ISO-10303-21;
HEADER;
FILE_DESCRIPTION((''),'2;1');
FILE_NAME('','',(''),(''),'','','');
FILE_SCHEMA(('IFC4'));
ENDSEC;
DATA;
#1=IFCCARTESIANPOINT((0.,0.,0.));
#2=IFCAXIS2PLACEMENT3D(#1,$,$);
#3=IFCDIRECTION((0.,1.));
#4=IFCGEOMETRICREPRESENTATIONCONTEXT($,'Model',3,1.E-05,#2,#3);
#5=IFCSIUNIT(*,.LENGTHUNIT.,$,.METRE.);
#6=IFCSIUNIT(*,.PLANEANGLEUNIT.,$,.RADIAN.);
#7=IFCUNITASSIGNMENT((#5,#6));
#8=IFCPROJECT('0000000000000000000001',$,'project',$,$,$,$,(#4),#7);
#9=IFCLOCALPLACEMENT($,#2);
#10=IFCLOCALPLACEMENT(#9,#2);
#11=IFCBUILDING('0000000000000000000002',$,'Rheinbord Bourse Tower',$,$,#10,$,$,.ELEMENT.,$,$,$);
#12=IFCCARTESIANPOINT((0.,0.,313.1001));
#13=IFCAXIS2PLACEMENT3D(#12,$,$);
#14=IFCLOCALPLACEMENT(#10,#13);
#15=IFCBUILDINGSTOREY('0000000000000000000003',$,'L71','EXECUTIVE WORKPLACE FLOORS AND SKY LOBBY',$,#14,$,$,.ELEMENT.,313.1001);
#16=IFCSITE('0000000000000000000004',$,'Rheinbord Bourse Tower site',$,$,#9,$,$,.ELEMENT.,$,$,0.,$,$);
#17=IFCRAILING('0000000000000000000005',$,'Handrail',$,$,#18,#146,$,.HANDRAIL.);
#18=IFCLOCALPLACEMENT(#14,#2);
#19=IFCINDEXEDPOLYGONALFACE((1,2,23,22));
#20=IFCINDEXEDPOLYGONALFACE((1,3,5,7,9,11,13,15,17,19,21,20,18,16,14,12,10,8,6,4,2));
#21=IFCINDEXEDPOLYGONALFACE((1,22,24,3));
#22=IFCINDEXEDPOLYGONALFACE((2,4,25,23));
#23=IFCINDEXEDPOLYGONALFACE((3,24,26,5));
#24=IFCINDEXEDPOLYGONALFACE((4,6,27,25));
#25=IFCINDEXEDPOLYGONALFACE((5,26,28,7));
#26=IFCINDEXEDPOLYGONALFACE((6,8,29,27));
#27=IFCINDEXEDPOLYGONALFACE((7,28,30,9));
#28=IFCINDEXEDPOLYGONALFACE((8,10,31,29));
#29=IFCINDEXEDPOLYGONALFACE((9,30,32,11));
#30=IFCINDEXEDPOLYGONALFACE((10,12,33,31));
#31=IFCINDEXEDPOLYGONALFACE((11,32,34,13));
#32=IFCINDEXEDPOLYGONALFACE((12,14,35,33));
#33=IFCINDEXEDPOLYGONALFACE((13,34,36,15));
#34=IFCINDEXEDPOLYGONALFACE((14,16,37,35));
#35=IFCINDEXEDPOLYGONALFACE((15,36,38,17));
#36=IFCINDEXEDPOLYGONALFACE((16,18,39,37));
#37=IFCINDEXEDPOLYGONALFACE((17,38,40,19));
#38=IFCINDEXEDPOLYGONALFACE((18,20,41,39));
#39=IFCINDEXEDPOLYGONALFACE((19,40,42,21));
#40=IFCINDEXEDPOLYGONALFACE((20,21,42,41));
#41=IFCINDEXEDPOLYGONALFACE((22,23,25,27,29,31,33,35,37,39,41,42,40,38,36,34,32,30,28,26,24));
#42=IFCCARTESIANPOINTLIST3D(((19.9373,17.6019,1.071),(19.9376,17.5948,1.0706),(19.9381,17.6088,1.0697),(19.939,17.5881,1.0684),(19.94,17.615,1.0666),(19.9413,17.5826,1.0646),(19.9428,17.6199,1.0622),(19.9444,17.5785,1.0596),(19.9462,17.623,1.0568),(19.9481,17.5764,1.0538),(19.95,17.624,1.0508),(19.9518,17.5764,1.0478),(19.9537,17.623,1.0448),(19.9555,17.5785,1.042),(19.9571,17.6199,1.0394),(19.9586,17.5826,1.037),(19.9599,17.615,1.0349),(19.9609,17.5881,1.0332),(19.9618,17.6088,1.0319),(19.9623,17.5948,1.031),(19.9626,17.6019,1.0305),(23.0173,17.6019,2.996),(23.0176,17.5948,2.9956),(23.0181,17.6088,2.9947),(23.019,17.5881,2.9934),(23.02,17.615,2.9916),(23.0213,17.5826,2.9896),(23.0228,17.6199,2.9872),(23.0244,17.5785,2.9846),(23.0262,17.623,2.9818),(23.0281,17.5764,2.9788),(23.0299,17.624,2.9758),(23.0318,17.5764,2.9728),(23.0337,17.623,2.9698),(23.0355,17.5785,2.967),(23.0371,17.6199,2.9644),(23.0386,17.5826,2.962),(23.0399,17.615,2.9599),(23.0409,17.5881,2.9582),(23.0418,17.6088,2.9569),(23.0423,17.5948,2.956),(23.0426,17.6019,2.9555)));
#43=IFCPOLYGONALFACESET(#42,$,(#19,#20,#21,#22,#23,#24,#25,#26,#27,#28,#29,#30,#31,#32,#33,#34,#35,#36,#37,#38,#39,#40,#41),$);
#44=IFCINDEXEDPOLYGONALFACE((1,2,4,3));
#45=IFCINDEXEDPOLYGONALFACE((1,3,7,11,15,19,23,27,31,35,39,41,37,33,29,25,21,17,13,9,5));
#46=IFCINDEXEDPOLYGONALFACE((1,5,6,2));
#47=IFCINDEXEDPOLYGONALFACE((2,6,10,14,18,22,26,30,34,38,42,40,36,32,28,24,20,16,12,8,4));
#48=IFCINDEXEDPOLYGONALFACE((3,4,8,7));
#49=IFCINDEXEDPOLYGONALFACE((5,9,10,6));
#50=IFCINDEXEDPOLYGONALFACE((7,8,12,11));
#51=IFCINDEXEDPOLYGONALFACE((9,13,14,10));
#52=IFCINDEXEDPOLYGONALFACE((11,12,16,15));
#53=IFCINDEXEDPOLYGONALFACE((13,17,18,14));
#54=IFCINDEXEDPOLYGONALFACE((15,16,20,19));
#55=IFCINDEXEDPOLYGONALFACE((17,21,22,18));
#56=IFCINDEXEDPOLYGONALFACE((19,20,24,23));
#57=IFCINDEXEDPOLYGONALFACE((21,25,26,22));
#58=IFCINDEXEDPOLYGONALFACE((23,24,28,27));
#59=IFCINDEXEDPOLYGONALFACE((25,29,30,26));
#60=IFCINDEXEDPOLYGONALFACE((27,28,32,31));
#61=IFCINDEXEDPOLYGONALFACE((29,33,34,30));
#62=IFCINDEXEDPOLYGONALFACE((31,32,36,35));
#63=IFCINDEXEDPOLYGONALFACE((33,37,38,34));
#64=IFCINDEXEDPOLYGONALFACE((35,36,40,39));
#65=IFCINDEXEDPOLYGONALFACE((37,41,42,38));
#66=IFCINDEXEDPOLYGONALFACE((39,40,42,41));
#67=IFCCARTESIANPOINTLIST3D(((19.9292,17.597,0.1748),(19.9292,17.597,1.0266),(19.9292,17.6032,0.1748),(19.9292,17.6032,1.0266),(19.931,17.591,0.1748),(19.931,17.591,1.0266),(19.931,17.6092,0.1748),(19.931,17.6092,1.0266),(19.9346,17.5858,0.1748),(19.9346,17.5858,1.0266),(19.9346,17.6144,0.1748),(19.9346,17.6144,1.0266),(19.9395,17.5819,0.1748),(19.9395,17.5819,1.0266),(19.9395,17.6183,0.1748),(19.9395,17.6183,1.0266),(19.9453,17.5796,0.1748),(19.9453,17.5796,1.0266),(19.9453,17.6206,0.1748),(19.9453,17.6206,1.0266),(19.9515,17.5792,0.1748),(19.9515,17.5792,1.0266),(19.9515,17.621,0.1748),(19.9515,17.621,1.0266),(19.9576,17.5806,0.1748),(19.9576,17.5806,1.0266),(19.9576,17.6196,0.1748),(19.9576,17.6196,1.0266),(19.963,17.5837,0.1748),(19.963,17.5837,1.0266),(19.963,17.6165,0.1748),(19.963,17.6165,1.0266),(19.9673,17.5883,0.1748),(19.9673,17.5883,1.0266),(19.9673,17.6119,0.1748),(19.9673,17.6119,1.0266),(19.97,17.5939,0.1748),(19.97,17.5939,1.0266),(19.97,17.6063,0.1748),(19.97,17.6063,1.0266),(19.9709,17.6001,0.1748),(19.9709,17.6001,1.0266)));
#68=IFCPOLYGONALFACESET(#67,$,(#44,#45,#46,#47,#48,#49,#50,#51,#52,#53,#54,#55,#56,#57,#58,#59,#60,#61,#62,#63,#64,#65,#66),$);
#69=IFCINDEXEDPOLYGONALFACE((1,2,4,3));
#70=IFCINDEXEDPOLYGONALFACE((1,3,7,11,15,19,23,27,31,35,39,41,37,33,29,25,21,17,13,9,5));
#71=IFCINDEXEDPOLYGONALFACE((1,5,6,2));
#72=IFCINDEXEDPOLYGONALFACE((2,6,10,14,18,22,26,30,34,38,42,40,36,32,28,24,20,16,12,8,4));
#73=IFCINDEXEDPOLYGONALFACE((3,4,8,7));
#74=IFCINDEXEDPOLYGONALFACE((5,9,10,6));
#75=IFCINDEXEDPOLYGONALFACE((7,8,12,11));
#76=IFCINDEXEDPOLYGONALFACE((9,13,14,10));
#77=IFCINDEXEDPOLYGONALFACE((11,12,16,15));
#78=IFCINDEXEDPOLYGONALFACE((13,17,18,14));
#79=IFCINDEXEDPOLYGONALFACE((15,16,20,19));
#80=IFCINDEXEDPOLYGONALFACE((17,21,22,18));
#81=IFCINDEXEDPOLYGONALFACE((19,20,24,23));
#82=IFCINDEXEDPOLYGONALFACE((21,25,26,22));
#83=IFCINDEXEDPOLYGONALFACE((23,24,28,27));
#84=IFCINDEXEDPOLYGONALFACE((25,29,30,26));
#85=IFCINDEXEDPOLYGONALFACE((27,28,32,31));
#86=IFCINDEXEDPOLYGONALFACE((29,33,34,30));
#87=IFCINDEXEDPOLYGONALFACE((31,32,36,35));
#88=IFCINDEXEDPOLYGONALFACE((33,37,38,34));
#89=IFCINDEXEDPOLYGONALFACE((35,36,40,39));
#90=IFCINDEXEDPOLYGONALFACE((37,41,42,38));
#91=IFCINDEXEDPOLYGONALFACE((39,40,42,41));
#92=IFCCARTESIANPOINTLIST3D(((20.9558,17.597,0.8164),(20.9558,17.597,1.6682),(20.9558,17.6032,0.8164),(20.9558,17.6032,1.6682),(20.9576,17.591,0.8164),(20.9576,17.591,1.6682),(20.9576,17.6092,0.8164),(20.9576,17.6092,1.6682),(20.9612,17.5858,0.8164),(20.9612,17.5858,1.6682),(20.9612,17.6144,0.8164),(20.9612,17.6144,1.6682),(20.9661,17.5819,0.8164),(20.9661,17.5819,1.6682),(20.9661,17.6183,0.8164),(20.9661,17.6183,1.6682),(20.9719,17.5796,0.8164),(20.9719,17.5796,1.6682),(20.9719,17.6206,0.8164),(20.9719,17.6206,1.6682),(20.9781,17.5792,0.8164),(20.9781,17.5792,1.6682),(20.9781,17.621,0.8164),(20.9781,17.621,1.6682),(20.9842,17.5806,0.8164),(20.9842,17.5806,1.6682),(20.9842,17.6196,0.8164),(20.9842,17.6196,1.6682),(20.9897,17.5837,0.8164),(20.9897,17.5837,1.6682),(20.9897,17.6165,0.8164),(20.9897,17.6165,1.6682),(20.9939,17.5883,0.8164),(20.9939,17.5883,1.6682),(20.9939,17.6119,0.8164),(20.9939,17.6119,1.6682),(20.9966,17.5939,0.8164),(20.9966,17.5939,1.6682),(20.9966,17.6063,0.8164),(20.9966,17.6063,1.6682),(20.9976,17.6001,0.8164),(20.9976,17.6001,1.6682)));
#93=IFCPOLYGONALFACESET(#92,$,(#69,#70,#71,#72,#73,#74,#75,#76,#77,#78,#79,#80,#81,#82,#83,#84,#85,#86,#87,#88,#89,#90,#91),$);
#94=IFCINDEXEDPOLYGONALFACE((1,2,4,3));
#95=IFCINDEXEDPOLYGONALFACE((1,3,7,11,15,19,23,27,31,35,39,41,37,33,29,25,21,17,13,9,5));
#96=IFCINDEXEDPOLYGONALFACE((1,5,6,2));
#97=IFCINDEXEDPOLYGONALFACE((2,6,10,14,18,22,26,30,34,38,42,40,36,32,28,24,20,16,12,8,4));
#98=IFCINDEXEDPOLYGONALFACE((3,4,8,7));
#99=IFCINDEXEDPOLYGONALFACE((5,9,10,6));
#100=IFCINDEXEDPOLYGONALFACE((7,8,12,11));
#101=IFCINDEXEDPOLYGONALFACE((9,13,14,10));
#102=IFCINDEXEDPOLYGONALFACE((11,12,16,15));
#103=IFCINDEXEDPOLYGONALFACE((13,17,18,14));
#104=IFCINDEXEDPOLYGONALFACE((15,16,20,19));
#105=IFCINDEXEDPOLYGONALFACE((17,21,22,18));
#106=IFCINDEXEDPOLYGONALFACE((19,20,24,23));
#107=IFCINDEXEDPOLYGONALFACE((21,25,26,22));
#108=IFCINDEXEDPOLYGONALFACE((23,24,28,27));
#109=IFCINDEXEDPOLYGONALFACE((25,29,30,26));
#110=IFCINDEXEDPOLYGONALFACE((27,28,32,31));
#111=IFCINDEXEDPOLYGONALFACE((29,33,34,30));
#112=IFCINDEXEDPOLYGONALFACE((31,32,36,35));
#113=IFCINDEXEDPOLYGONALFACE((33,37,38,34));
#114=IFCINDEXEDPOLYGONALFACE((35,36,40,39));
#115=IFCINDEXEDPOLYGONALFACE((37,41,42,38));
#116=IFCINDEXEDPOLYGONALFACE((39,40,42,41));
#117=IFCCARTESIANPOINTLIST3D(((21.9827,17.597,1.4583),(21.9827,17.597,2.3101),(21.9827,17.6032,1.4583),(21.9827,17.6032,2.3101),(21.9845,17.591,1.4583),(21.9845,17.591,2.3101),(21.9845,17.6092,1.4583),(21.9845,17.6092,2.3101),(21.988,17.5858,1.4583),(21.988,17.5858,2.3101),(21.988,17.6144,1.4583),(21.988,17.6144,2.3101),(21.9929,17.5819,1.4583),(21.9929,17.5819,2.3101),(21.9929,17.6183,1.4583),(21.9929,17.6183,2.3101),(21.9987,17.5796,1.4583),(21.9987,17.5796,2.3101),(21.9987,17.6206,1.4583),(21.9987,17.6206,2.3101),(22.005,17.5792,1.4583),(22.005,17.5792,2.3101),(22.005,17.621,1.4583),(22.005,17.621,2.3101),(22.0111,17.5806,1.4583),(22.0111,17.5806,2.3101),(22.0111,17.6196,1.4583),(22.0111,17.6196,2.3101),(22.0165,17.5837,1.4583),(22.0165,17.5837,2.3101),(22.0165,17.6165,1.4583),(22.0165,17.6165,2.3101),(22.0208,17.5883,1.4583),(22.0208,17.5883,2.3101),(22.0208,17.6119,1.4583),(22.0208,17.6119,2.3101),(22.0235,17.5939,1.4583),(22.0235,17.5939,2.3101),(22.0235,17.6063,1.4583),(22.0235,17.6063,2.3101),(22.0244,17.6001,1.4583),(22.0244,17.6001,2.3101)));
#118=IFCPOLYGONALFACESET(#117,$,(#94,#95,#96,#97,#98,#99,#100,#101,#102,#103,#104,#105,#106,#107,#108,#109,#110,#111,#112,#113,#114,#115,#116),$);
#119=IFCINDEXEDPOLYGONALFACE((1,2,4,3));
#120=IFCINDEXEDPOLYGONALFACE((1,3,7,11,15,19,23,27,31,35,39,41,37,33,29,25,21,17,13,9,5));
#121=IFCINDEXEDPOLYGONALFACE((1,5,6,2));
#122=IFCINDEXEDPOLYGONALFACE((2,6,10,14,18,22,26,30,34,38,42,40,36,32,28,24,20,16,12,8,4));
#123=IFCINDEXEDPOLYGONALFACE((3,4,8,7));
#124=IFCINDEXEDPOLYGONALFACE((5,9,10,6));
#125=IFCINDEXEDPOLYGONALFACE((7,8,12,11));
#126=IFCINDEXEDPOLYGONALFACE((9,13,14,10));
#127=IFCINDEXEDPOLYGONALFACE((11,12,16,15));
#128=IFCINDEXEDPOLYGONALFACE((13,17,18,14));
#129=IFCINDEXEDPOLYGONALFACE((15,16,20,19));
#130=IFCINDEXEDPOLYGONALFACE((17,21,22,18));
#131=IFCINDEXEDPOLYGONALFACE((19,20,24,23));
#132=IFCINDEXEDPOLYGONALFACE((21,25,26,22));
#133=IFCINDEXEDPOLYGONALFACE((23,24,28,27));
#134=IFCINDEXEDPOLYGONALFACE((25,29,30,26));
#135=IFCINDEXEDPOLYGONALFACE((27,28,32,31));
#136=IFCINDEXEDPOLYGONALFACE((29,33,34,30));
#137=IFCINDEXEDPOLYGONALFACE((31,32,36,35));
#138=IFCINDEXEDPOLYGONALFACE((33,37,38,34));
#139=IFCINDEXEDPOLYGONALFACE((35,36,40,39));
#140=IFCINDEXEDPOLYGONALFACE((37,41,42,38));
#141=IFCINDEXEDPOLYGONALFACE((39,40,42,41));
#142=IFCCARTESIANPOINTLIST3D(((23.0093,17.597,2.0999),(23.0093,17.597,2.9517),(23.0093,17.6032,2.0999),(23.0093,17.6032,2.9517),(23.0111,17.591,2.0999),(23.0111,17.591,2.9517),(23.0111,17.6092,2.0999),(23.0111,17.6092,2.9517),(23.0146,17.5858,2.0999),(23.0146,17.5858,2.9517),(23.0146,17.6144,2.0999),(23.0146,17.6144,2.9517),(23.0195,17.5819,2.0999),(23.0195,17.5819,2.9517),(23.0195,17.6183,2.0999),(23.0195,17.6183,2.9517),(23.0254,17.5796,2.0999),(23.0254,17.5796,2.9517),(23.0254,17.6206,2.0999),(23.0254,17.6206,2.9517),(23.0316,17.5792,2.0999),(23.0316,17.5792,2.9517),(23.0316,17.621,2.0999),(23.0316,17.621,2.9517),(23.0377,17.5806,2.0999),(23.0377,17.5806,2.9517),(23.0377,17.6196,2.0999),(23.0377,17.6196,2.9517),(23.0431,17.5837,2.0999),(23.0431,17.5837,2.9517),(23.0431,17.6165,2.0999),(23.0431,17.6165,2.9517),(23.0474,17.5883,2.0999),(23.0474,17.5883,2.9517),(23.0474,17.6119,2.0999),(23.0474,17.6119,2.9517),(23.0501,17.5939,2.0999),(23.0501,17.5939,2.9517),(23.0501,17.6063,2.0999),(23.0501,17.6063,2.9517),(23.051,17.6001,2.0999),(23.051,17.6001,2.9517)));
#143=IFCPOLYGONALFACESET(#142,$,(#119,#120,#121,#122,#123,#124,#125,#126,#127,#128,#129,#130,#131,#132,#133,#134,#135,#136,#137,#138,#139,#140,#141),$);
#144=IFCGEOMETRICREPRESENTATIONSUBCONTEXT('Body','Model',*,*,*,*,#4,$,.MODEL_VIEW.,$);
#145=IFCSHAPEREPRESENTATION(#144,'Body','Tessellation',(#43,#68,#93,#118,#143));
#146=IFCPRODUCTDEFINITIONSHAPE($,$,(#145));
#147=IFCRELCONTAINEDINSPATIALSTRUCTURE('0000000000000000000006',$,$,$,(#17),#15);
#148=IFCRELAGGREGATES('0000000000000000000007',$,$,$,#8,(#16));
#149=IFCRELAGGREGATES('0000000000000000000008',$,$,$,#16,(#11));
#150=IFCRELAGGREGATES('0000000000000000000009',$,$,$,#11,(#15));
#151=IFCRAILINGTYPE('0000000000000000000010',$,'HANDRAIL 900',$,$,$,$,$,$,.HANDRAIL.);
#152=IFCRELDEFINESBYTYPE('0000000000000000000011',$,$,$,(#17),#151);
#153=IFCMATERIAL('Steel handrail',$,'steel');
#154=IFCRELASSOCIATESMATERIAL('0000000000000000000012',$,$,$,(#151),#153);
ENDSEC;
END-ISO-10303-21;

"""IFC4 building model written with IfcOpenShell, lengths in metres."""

from ifc_helpers import new_model, si_unit, direction, frame, origin, origin_2d, place, context, subcontext, project, spatial, circle, extrude, material, type_object, element, save


model = new_model("IFC4")

# Units and contexts
model_context = context("Model", 3, precision=1e-05, world=origin(), true_north=direction((0.0, 1.0)))
body_context = subcontext(model_context, "Body", "Model", "MODEL_VIEW")
ifc_project = project(units=[si_unit("LENGTHUNIT", "METRE"), si_unit("PLANEANGLEUNIT", "RADIAN")], contexts=[model_context])

# Site, building, storey
site_placement = place(None, origin())
site = spatial("IfcSite", under=ifc_project, at=site_placement, Name="Rheinbord Bourse Tower site", CompositionType="ELEMENT", RefElevation=0.0)
building_placement = place(site_placement, origin())
building = spatial("IfcBuilding", under=site, at=building_placement, Name="Rheinbord Bourse Tower", CompositionType="ELEMENT")
storey_placement = place(building_placement, frame((0.0, 0.0, 313.1001)))
storey = spatial("IfcBuildingStorey", under=building, at=storey_placement, Name="L71", Description="EXECUTIVE WORKPLACE FLOORS AND SKY LOBBY", CompositionType="ELEMENT", Elevation=313.1001)

# Railing
ifc_material_1 = material(Name="Steel handrail", Category="steel")
railing_type = type_object("IfcRailingType", Name="HANDRAIL 900", PredefinedType="HANDRAIL", material=ifc_material_1)
railing_1_placement = place(storey_placement, frame((19.95, 17.6001, 0.1748)))
element("IfcRailing", 1, at=railing_1_placement, inside=storey, type_object=railing_type, Name="Handrail", PredefinedType="HANDRAIL", context=body_context, shape_type="SweptSolid", body=[
    extrude(circle(Radius=0.0239, at=origin_2d()), frame((0.0, 0.0, 0.876), z_axis=(0.847998, 0.0, 0.529999), x_axis=(0.0, 1.0, 0.0)), (0.0, 0.0, 1.0), 3.6321),
    extrude(circle(Radius=0.021, at=origin_2d()), origin(), (0.0, 0.0, 1.0), 0.8518),
    extrude(circle(Radius=0.021, at=origin_2d()), frame((1.0266, 0.0, 0.6416)), (0.0, 0.0, 1.0), 0.8518),
    extrude(circle(Radius=0.021, at=origin_2d()), frame((2.0535, 0.0, 1.2834)), (0.0, 0.0, 1.0), 0.8518),
    extrude(circle(Radius=0.021, at=origin_2d()), frame((3.0801, 0.0, 1.925)), (0.0, 0.0, 1.0), 0.8518),
])

save(model, "model.ifc")
